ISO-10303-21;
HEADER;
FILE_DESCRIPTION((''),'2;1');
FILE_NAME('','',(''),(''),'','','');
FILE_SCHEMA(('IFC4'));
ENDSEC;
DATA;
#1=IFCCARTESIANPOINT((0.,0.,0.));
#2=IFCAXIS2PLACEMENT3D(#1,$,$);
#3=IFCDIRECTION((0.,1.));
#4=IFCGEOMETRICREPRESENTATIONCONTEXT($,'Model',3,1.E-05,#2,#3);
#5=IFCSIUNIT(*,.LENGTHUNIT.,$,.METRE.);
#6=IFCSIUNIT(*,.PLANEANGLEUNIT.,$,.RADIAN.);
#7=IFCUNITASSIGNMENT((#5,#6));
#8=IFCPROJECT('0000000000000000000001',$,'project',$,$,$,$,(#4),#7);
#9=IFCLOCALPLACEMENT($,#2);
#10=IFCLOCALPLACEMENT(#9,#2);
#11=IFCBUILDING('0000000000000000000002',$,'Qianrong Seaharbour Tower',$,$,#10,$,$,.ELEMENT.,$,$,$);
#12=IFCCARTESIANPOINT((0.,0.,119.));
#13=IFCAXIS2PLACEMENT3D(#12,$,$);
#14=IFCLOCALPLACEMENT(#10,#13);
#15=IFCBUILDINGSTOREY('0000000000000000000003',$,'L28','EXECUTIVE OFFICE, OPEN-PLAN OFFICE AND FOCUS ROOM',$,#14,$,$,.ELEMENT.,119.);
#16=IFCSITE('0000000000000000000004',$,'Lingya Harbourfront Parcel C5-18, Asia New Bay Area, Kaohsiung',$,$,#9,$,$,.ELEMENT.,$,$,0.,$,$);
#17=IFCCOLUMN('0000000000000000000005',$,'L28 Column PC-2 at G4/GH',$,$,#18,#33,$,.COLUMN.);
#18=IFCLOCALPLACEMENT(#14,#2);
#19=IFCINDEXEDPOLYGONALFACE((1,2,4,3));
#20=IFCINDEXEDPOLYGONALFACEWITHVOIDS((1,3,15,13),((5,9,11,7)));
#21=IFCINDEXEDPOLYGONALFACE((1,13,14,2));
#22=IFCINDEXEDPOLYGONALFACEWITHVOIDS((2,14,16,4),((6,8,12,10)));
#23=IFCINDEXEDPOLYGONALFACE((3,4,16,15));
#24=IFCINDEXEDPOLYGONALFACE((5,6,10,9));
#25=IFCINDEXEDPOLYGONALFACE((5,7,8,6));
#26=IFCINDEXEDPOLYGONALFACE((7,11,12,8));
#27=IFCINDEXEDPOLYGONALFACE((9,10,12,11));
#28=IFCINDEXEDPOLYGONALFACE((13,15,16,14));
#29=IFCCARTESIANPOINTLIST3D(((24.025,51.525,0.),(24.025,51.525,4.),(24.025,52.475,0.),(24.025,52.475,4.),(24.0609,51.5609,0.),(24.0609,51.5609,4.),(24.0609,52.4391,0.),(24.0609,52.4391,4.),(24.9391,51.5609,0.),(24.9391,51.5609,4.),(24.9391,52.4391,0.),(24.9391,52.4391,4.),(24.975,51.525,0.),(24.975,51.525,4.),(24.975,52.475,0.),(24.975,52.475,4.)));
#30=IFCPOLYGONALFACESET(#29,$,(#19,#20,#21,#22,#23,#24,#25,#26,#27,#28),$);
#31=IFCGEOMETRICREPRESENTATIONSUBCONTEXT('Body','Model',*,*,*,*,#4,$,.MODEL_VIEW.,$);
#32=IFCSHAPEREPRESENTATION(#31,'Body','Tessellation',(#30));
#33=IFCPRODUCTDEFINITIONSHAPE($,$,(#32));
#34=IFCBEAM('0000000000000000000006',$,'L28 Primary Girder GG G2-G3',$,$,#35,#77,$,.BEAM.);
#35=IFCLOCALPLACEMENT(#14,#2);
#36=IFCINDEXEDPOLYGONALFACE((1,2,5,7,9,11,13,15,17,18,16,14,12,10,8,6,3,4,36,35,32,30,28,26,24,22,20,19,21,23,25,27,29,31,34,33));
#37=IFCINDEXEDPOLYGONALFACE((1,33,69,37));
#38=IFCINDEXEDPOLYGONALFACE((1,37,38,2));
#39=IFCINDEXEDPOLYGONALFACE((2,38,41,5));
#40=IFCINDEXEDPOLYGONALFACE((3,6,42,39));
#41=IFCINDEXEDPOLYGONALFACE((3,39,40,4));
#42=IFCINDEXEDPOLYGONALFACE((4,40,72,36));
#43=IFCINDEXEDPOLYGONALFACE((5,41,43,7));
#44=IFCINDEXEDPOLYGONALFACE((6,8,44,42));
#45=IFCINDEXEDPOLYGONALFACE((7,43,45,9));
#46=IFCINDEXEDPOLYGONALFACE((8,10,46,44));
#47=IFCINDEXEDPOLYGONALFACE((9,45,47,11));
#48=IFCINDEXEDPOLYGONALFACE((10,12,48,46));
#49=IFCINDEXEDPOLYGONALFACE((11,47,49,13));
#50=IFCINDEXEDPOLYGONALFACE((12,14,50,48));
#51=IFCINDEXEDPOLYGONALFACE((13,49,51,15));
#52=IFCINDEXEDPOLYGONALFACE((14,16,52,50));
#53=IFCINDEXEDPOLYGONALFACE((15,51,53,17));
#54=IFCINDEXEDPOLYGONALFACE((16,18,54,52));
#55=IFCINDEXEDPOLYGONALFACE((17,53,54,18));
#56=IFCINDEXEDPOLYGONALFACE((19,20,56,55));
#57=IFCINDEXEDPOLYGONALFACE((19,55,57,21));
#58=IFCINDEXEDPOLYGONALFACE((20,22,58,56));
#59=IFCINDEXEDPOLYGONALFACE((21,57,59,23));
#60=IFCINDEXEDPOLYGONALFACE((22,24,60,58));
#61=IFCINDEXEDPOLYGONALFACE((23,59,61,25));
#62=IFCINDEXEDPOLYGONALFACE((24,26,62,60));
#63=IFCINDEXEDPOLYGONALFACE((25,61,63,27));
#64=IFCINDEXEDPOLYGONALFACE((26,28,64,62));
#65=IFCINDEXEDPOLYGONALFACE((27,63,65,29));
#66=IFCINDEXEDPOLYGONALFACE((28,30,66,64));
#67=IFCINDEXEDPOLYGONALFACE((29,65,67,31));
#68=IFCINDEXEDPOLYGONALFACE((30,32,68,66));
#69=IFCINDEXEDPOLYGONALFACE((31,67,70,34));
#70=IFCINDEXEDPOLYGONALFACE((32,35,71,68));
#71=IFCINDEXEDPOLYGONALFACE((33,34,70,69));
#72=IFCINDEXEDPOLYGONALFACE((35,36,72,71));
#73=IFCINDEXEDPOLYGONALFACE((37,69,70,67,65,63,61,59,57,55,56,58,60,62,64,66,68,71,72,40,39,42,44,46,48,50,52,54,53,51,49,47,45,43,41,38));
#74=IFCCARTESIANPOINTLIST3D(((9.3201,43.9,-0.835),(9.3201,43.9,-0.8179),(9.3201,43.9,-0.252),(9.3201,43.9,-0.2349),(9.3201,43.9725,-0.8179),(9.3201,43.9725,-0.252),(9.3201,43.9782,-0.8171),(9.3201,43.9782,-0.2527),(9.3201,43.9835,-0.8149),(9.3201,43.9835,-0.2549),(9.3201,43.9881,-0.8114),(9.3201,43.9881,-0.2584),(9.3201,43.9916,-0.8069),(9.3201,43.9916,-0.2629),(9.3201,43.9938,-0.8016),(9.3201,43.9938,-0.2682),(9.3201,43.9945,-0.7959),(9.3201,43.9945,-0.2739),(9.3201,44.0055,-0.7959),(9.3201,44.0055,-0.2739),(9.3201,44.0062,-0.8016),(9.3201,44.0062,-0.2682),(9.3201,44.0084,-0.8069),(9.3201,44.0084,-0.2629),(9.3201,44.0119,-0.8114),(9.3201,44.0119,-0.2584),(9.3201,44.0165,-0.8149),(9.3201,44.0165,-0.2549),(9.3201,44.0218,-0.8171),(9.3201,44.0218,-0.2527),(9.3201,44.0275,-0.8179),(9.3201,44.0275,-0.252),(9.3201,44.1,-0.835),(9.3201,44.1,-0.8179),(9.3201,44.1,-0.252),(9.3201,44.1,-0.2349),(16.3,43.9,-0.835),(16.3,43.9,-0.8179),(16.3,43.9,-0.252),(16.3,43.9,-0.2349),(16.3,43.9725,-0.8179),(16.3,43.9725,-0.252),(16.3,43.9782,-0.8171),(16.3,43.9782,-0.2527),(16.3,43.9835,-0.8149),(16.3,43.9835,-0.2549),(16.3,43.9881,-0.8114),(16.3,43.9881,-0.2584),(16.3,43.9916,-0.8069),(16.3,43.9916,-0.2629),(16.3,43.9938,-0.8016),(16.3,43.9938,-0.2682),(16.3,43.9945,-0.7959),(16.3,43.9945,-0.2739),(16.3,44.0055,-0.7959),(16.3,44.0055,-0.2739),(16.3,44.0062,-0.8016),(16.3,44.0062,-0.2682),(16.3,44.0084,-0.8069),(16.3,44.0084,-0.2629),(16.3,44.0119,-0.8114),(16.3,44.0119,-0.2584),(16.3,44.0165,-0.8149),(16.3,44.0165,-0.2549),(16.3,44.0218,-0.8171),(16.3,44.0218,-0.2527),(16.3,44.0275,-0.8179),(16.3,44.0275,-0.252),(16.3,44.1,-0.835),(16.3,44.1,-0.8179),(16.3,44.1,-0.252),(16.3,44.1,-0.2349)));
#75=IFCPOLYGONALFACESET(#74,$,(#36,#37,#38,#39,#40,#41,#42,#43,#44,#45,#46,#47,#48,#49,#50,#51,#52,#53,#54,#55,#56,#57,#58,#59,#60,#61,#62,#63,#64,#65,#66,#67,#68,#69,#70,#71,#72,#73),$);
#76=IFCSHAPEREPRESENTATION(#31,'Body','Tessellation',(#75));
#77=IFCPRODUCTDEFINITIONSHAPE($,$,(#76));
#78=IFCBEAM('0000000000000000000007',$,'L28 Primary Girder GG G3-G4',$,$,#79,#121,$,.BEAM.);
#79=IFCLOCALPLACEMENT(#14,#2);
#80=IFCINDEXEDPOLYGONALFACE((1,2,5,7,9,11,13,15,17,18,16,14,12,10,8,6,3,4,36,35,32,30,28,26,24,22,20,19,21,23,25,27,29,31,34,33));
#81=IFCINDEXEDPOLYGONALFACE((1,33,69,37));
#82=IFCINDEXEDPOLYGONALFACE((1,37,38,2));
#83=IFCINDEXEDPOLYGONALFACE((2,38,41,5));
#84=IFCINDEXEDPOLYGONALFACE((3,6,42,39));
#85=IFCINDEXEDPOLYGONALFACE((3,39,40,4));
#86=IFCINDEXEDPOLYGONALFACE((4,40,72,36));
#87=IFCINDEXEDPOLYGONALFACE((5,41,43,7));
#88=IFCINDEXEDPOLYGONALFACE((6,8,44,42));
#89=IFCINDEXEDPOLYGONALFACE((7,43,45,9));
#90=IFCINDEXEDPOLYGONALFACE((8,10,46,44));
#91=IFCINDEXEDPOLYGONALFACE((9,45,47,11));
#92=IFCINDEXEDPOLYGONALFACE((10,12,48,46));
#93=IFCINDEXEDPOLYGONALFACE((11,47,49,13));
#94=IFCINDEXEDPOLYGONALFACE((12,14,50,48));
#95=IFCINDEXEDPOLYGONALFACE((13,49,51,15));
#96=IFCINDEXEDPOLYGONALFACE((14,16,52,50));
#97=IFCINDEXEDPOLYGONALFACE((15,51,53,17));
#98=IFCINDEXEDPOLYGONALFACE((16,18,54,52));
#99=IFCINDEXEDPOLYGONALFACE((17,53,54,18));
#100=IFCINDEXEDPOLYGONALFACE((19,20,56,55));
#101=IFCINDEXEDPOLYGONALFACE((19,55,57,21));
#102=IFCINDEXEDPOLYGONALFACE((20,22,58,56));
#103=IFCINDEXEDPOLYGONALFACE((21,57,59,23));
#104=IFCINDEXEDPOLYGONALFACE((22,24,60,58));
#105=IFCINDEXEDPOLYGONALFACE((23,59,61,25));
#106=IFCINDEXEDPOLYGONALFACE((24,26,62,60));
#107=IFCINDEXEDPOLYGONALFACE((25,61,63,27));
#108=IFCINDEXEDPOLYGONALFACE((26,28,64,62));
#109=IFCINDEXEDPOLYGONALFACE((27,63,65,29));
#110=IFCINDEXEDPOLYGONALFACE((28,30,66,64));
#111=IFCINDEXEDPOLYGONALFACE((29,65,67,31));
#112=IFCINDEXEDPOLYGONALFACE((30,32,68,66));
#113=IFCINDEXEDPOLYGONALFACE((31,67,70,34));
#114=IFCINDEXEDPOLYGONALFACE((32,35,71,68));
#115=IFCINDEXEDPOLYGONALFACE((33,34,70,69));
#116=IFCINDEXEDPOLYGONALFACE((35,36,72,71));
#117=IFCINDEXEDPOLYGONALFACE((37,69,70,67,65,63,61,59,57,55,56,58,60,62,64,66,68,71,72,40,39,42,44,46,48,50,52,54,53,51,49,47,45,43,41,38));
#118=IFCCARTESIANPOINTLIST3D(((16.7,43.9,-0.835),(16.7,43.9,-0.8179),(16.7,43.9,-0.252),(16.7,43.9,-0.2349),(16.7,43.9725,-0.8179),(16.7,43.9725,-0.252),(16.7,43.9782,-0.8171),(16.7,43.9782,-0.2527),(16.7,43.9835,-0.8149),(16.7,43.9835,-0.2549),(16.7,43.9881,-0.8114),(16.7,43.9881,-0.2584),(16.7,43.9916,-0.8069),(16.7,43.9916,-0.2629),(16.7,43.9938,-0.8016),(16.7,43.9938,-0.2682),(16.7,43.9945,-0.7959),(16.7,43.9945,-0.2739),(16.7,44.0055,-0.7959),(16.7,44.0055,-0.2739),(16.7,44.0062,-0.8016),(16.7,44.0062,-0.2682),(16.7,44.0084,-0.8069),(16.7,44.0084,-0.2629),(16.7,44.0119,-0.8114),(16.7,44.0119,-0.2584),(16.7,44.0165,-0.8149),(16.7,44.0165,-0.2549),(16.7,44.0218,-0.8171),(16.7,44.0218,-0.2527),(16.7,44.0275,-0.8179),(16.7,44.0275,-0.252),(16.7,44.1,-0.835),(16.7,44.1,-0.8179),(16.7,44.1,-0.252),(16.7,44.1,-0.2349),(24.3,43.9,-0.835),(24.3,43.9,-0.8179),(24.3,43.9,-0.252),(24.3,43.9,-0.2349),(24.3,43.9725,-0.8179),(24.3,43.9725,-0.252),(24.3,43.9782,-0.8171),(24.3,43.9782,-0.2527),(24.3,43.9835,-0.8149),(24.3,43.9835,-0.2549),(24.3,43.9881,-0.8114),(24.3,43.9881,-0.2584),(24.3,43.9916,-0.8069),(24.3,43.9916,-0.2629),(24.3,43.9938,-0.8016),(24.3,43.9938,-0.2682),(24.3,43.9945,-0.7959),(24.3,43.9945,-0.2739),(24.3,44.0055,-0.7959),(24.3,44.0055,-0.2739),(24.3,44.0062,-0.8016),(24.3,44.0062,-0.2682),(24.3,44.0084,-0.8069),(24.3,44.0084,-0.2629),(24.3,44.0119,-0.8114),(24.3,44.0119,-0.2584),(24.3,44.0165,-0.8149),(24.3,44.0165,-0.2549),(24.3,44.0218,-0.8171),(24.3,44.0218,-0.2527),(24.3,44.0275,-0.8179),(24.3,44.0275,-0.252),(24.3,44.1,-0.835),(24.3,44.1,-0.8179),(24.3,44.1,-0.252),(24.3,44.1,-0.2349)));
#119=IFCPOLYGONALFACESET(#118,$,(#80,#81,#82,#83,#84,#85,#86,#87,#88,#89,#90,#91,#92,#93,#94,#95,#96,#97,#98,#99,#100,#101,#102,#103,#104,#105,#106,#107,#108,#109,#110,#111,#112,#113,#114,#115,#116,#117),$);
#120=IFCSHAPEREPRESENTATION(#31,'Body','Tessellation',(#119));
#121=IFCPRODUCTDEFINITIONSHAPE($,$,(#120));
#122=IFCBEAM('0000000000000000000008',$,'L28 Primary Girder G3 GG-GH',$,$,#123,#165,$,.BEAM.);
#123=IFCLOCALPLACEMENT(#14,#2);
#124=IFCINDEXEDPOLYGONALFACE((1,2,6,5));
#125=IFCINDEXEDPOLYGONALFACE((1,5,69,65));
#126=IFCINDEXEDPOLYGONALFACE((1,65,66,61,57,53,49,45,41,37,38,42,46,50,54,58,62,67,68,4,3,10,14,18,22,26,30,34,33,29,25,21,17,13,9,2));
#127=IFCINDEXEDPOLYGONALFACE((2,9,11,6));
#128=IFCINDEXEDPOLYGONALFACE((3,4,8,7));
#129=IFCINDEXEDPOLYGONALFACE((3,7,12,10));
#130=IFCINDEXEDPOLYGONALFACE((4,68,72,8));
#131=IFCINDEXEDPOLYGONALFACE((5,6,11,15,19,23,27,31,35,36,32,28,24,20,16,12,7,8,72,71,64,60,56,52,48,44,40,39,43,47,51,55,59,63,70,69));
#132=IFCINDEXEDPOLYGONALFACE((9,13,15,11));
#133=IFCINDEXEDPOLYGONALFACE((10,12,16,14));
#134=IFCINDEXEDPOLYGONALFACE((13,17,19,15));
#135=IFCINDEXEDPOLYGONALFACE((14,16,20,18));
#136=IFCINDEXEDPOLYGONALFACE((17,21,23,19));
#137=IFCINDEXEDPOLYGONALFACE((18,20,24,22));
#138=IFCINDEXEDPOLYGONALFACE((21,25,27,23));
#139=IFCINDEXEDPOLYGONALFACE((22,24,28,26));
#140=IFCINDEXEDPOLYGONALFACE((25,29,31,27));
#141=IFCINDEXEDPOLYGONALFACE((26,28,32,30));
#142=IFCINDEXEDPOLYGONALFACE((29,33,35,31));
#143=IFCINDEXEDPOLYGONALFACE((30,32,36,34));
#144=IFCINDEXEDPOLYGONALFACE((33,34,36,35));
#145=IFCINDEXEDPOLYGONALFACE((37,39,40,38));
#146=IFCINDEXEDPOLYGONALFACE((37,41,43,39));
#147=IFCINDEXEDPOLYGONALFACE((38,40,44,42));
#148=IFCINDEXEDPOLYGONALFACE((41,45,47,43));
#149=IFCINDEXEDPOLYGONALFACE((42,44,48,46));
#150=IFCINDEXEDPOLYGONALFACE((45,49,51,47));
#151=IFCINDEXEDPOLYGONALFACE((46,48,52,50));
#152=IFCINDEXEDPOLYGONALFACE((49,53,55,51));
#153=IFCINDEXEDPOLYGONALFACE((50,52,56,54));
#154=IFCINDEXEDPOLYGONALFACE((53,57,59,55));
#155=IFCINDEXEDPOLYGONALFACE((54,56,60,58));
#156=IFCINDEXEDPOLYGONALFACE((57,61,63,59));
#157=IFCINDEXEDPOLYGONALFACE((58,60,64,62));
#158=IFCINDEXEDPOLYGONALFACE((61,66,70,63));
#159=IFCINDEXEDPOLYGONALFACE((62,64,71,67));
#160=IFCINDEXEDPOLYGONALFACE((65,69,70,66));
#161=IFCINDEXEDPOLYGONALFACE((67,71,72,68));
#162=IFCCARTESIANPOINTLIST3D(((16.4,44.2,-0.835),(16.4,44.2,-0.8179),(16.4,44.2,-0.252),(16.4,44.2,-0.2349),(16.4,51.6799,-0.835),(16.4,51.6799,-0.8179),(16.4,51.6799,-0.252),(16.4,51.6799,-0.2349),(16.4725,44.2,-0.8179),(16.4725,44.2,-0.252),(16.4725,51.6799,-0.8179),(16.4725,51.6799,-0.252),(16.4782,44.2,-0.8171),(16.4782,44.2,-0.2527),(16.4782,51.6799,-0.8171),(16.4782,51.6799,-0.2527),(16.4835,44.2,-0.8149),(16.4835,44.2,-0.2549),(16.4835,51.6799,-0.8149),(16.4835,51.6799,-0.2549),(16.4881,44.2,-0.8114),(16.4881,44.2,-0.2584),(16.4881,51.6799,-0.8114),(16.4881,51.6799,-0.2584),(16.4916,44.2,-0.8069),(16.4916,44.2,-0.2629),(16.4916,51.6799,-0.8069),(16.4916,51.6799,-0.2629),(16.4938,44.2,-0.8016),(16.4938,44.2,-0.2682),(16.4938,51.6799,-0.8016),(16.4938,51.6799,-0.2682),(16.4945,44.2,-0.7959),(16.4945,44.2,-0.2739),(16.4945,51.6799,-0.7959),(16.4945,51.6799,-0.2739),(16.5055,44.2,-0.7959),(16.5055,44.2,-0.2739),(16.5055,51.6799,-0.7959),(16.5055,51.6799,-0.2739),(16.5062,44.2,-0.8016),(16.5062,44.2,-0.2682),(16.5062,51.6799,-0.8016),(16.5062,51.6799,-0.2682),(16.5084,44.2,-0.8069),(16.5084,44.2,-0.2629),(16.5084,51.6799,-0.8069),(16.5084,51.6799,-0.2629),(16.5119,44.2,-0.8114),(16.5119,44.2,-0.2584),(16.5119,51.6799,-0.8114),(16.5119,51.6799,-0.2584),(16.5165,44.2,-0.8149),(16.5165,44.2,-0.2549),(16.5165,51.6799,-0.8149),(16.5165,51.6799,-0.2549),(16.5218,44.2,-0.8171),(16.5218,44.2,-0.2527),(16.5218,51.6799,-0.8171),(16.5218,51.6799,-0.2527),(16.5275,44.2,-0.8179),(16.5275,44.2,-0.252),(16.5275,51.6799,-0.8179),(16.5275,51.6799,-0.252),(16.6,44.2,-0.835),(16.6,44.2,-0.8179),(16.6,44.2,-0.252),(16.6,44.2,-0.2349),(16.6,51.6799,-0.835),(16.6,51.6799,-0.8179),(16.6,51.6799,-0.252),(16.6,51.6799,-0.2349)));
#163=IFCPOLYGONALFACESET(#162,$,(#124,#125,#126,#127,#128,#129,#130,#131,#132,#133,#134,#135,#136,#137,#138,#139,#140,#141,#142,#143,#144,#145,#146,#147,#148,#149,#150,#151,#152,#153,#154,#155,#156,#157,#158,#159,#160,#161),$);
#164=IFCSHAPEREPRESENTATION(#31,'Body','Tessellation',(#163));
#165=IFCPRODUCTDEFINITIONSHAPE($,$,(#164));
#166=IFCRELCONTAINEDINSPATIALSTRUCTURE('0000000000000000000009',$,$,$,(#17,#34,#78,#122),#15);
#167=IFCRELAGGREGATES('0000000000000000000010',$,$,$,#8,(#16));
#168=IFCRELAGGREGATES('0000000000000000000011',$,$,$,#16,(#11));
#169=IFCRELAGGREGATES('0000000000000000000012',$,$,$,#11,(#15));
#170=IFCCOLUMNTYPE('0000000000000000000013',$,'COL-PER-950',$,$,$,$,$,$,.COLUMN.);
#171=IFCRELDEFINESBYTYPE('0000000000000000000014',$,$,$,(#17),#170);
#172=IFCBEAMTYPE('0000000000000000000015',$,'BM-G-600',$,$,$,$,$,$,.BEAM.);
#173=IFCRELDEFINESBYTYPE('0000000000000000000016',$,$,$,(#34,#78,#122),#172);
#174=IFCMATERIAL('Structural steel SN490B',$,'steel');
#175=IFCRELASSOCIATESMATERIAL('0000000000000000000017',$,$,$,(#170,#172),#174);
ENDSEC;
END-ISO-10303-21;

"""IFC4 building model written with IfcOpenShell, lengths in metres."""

from ifc_helpers import new_model, si_unit, direction, frame, origin, origin_2d, place, context, subcontext, project, spatial, hollow_rectangle, i_section, extrude, material, material_profile, profile_set, type_object, element, save


model = new_model("IFC4")

# Units and contexts
model_context = context("Model", 3, precision=1e-05, world=origin(), true_north=direction((0.0, 1.0)))
body_context = subcontext(model_context, "Body", "Model", "MODEL_VIEW")
ifc_project = project(units=[si_unit("LENGTHUNIT", "METRE"), si_unit("PLANEANGLEUNIT", "RADIAN")], contexts=[model_context])

# Site, building, storey
site_placement = place(None, origin())
site = spatial("IfcSite", under=ifc_project, at=site_placement, Name="Lingya Harbourfront Parcel C5-18, Asia New Bay Area, Kaohsiung", CompositionType="ELEMENT", RefElevation=0.0)
building_placement = place(site_placement, origin())
building = spatial("IfcBuilding", under=site, at=building_placement, Name="Qianrong Seaharbour Tower", CompositionType="ELEMENT")
storey_placement = place(building_placement, frame((0.0, 0.0, 119.0)))
storey = spatial("IfcBuildingStorey", under=building, at=storey_placement, Name="L28", Description="EXECUTIVE OFFICE, OPEN-PLAN OFFICE AND FOCUS ROOM", CompositionType="ELEMENT", Elevation=119.0)

# Column
ifc_material_1 = material(Name="Structural steel SN490B", Category="steel")
ifc_material_profile_1 = material_profile(ifc_material_1, hollow_rectangle(XDim=0.95, YDim=0.95, WallThickness=0.0359, at=origin_2d()), Name="BOX950x950x36")
ifc_profile_set_1 = profile_set([ifc_material_profile_1], Name="Structural steel SN490B")
column_type_1 = type_object("IfcColumnType", Name="COL-PER-950", PredefinedType="COLUMN", material=ifc_profile_set_1)
for number, where, z_axis, x_axis, name in (
    (1, (24.5, 52.0, 0.0), (0.0, 0.0, 1.0), (1.0, 0.0, 0.0), "L28 Column PC-2 at G4/GH"),
):
    element("IfcColumn", number, at=place(storey_placement, frame(where, z_axis=z_axis, x_axis=x_axis)), inside=storey, type_object=column_type_1, Name=name, PredefinedType="COLUMN", context=body_context, shape_type="SweptSolid", body=[
        extrude(hollow_rectangle(XDim=0.95, YDim=0.95, WallThickness=0.0359, at=origin_2d()), origin(), (0.0, 0.0, 1.0), 4.0),
    ])

# Beams
ifc_material_profile_2 = material_profile(ifc_material_1, i_section(OverallWidth=0.2, OverallDepth=0.6001, WebThickness=0.011, FlangeThickness=0.0171, FilletRadius=0.022, at=origin_2d()), Name="H600x200x11x17")
ifc_profile_set_2 = profile_set([ifc_material_profile_2], Name="Structural steel SN490B")
beam_type_1 = type_object("IfcBeamType", Name="BM-G-600", PredefinedType="BEAM", material=ifc_profile_set_2)
beam_1_placement = place(storey_placement, frame((9.3201, 44.0, -0.5349), z_axis=(1.0, 0.0, 0.0), x_axis=(0.0, 1.0, 0.0)))
element("IfcBeam", 2, at=beam_1_placement, inside=storey, type_object=beam_type_1, Name="L28 Primary Girder GG G2-G3", PredefinedType="BEAM", context=body_context, shape_type="SweptSolid", body=[
    extrude(i_section(OverallWidth=0.2, OverallDepth=0.6001, WebThickness=0.011, FlangeThickness=0.0171, FilletRadius=0.022, at=origin_2d()), origin(), (0.0, 0.0, 1.0), 6.98),
])
beam_2_placement = place(storey_placement, frame((16.7, 44.0, -0.5349), z_axis=(1.0, 0.0, 0.0), x_axis=(0.0, 1.0, 0.0)))
element("IfcBeam", 3, at=beam_2_placement, inside=storey, type_object=beam_type_1, Name="L28 Primary Girder GG G3-G4", PredefinedType="BEAM", context=body_context, shape_type="SweptSolid", body=[
    extrude(i_section(OverallWidth=0.2, OverallDepth=0.6001, WebThickness=0.011, FlangeThickness=0.0171, FilletRadius=0.022, at=origin_2d()), origin(), (0.0, 0.0, 1.0), 7.6001),
])
for number, where, z_axis, x_axis, name in (
    (4, (16.5, 44.2, -0.5349), (0.0, 1.0, 0.0), (-1.0, 0.0, 0.0), "L28 Primary Girder G3 GG-GH"),
):
    element("IfcBeam", number, at=place(storey_placement, frame(where, z_axis=z_axis, x_axis=x_axis)), inside=storey, type_object=beam_type_1, Name=name, PredefinedType="BEAM", context=body_context, shape_type="SweptSolid", body=[
        extrude(i_section(OverallWidth=0.2, OverallDepth=0.6001, WebThickness=0.011, FlangeThickness=0.0171, FilletRadius=0.022, at=origin_2d()), origin(), (0.0, 0.0, 1.0), 7.48),
    ])

save(model, "model.ifc")
